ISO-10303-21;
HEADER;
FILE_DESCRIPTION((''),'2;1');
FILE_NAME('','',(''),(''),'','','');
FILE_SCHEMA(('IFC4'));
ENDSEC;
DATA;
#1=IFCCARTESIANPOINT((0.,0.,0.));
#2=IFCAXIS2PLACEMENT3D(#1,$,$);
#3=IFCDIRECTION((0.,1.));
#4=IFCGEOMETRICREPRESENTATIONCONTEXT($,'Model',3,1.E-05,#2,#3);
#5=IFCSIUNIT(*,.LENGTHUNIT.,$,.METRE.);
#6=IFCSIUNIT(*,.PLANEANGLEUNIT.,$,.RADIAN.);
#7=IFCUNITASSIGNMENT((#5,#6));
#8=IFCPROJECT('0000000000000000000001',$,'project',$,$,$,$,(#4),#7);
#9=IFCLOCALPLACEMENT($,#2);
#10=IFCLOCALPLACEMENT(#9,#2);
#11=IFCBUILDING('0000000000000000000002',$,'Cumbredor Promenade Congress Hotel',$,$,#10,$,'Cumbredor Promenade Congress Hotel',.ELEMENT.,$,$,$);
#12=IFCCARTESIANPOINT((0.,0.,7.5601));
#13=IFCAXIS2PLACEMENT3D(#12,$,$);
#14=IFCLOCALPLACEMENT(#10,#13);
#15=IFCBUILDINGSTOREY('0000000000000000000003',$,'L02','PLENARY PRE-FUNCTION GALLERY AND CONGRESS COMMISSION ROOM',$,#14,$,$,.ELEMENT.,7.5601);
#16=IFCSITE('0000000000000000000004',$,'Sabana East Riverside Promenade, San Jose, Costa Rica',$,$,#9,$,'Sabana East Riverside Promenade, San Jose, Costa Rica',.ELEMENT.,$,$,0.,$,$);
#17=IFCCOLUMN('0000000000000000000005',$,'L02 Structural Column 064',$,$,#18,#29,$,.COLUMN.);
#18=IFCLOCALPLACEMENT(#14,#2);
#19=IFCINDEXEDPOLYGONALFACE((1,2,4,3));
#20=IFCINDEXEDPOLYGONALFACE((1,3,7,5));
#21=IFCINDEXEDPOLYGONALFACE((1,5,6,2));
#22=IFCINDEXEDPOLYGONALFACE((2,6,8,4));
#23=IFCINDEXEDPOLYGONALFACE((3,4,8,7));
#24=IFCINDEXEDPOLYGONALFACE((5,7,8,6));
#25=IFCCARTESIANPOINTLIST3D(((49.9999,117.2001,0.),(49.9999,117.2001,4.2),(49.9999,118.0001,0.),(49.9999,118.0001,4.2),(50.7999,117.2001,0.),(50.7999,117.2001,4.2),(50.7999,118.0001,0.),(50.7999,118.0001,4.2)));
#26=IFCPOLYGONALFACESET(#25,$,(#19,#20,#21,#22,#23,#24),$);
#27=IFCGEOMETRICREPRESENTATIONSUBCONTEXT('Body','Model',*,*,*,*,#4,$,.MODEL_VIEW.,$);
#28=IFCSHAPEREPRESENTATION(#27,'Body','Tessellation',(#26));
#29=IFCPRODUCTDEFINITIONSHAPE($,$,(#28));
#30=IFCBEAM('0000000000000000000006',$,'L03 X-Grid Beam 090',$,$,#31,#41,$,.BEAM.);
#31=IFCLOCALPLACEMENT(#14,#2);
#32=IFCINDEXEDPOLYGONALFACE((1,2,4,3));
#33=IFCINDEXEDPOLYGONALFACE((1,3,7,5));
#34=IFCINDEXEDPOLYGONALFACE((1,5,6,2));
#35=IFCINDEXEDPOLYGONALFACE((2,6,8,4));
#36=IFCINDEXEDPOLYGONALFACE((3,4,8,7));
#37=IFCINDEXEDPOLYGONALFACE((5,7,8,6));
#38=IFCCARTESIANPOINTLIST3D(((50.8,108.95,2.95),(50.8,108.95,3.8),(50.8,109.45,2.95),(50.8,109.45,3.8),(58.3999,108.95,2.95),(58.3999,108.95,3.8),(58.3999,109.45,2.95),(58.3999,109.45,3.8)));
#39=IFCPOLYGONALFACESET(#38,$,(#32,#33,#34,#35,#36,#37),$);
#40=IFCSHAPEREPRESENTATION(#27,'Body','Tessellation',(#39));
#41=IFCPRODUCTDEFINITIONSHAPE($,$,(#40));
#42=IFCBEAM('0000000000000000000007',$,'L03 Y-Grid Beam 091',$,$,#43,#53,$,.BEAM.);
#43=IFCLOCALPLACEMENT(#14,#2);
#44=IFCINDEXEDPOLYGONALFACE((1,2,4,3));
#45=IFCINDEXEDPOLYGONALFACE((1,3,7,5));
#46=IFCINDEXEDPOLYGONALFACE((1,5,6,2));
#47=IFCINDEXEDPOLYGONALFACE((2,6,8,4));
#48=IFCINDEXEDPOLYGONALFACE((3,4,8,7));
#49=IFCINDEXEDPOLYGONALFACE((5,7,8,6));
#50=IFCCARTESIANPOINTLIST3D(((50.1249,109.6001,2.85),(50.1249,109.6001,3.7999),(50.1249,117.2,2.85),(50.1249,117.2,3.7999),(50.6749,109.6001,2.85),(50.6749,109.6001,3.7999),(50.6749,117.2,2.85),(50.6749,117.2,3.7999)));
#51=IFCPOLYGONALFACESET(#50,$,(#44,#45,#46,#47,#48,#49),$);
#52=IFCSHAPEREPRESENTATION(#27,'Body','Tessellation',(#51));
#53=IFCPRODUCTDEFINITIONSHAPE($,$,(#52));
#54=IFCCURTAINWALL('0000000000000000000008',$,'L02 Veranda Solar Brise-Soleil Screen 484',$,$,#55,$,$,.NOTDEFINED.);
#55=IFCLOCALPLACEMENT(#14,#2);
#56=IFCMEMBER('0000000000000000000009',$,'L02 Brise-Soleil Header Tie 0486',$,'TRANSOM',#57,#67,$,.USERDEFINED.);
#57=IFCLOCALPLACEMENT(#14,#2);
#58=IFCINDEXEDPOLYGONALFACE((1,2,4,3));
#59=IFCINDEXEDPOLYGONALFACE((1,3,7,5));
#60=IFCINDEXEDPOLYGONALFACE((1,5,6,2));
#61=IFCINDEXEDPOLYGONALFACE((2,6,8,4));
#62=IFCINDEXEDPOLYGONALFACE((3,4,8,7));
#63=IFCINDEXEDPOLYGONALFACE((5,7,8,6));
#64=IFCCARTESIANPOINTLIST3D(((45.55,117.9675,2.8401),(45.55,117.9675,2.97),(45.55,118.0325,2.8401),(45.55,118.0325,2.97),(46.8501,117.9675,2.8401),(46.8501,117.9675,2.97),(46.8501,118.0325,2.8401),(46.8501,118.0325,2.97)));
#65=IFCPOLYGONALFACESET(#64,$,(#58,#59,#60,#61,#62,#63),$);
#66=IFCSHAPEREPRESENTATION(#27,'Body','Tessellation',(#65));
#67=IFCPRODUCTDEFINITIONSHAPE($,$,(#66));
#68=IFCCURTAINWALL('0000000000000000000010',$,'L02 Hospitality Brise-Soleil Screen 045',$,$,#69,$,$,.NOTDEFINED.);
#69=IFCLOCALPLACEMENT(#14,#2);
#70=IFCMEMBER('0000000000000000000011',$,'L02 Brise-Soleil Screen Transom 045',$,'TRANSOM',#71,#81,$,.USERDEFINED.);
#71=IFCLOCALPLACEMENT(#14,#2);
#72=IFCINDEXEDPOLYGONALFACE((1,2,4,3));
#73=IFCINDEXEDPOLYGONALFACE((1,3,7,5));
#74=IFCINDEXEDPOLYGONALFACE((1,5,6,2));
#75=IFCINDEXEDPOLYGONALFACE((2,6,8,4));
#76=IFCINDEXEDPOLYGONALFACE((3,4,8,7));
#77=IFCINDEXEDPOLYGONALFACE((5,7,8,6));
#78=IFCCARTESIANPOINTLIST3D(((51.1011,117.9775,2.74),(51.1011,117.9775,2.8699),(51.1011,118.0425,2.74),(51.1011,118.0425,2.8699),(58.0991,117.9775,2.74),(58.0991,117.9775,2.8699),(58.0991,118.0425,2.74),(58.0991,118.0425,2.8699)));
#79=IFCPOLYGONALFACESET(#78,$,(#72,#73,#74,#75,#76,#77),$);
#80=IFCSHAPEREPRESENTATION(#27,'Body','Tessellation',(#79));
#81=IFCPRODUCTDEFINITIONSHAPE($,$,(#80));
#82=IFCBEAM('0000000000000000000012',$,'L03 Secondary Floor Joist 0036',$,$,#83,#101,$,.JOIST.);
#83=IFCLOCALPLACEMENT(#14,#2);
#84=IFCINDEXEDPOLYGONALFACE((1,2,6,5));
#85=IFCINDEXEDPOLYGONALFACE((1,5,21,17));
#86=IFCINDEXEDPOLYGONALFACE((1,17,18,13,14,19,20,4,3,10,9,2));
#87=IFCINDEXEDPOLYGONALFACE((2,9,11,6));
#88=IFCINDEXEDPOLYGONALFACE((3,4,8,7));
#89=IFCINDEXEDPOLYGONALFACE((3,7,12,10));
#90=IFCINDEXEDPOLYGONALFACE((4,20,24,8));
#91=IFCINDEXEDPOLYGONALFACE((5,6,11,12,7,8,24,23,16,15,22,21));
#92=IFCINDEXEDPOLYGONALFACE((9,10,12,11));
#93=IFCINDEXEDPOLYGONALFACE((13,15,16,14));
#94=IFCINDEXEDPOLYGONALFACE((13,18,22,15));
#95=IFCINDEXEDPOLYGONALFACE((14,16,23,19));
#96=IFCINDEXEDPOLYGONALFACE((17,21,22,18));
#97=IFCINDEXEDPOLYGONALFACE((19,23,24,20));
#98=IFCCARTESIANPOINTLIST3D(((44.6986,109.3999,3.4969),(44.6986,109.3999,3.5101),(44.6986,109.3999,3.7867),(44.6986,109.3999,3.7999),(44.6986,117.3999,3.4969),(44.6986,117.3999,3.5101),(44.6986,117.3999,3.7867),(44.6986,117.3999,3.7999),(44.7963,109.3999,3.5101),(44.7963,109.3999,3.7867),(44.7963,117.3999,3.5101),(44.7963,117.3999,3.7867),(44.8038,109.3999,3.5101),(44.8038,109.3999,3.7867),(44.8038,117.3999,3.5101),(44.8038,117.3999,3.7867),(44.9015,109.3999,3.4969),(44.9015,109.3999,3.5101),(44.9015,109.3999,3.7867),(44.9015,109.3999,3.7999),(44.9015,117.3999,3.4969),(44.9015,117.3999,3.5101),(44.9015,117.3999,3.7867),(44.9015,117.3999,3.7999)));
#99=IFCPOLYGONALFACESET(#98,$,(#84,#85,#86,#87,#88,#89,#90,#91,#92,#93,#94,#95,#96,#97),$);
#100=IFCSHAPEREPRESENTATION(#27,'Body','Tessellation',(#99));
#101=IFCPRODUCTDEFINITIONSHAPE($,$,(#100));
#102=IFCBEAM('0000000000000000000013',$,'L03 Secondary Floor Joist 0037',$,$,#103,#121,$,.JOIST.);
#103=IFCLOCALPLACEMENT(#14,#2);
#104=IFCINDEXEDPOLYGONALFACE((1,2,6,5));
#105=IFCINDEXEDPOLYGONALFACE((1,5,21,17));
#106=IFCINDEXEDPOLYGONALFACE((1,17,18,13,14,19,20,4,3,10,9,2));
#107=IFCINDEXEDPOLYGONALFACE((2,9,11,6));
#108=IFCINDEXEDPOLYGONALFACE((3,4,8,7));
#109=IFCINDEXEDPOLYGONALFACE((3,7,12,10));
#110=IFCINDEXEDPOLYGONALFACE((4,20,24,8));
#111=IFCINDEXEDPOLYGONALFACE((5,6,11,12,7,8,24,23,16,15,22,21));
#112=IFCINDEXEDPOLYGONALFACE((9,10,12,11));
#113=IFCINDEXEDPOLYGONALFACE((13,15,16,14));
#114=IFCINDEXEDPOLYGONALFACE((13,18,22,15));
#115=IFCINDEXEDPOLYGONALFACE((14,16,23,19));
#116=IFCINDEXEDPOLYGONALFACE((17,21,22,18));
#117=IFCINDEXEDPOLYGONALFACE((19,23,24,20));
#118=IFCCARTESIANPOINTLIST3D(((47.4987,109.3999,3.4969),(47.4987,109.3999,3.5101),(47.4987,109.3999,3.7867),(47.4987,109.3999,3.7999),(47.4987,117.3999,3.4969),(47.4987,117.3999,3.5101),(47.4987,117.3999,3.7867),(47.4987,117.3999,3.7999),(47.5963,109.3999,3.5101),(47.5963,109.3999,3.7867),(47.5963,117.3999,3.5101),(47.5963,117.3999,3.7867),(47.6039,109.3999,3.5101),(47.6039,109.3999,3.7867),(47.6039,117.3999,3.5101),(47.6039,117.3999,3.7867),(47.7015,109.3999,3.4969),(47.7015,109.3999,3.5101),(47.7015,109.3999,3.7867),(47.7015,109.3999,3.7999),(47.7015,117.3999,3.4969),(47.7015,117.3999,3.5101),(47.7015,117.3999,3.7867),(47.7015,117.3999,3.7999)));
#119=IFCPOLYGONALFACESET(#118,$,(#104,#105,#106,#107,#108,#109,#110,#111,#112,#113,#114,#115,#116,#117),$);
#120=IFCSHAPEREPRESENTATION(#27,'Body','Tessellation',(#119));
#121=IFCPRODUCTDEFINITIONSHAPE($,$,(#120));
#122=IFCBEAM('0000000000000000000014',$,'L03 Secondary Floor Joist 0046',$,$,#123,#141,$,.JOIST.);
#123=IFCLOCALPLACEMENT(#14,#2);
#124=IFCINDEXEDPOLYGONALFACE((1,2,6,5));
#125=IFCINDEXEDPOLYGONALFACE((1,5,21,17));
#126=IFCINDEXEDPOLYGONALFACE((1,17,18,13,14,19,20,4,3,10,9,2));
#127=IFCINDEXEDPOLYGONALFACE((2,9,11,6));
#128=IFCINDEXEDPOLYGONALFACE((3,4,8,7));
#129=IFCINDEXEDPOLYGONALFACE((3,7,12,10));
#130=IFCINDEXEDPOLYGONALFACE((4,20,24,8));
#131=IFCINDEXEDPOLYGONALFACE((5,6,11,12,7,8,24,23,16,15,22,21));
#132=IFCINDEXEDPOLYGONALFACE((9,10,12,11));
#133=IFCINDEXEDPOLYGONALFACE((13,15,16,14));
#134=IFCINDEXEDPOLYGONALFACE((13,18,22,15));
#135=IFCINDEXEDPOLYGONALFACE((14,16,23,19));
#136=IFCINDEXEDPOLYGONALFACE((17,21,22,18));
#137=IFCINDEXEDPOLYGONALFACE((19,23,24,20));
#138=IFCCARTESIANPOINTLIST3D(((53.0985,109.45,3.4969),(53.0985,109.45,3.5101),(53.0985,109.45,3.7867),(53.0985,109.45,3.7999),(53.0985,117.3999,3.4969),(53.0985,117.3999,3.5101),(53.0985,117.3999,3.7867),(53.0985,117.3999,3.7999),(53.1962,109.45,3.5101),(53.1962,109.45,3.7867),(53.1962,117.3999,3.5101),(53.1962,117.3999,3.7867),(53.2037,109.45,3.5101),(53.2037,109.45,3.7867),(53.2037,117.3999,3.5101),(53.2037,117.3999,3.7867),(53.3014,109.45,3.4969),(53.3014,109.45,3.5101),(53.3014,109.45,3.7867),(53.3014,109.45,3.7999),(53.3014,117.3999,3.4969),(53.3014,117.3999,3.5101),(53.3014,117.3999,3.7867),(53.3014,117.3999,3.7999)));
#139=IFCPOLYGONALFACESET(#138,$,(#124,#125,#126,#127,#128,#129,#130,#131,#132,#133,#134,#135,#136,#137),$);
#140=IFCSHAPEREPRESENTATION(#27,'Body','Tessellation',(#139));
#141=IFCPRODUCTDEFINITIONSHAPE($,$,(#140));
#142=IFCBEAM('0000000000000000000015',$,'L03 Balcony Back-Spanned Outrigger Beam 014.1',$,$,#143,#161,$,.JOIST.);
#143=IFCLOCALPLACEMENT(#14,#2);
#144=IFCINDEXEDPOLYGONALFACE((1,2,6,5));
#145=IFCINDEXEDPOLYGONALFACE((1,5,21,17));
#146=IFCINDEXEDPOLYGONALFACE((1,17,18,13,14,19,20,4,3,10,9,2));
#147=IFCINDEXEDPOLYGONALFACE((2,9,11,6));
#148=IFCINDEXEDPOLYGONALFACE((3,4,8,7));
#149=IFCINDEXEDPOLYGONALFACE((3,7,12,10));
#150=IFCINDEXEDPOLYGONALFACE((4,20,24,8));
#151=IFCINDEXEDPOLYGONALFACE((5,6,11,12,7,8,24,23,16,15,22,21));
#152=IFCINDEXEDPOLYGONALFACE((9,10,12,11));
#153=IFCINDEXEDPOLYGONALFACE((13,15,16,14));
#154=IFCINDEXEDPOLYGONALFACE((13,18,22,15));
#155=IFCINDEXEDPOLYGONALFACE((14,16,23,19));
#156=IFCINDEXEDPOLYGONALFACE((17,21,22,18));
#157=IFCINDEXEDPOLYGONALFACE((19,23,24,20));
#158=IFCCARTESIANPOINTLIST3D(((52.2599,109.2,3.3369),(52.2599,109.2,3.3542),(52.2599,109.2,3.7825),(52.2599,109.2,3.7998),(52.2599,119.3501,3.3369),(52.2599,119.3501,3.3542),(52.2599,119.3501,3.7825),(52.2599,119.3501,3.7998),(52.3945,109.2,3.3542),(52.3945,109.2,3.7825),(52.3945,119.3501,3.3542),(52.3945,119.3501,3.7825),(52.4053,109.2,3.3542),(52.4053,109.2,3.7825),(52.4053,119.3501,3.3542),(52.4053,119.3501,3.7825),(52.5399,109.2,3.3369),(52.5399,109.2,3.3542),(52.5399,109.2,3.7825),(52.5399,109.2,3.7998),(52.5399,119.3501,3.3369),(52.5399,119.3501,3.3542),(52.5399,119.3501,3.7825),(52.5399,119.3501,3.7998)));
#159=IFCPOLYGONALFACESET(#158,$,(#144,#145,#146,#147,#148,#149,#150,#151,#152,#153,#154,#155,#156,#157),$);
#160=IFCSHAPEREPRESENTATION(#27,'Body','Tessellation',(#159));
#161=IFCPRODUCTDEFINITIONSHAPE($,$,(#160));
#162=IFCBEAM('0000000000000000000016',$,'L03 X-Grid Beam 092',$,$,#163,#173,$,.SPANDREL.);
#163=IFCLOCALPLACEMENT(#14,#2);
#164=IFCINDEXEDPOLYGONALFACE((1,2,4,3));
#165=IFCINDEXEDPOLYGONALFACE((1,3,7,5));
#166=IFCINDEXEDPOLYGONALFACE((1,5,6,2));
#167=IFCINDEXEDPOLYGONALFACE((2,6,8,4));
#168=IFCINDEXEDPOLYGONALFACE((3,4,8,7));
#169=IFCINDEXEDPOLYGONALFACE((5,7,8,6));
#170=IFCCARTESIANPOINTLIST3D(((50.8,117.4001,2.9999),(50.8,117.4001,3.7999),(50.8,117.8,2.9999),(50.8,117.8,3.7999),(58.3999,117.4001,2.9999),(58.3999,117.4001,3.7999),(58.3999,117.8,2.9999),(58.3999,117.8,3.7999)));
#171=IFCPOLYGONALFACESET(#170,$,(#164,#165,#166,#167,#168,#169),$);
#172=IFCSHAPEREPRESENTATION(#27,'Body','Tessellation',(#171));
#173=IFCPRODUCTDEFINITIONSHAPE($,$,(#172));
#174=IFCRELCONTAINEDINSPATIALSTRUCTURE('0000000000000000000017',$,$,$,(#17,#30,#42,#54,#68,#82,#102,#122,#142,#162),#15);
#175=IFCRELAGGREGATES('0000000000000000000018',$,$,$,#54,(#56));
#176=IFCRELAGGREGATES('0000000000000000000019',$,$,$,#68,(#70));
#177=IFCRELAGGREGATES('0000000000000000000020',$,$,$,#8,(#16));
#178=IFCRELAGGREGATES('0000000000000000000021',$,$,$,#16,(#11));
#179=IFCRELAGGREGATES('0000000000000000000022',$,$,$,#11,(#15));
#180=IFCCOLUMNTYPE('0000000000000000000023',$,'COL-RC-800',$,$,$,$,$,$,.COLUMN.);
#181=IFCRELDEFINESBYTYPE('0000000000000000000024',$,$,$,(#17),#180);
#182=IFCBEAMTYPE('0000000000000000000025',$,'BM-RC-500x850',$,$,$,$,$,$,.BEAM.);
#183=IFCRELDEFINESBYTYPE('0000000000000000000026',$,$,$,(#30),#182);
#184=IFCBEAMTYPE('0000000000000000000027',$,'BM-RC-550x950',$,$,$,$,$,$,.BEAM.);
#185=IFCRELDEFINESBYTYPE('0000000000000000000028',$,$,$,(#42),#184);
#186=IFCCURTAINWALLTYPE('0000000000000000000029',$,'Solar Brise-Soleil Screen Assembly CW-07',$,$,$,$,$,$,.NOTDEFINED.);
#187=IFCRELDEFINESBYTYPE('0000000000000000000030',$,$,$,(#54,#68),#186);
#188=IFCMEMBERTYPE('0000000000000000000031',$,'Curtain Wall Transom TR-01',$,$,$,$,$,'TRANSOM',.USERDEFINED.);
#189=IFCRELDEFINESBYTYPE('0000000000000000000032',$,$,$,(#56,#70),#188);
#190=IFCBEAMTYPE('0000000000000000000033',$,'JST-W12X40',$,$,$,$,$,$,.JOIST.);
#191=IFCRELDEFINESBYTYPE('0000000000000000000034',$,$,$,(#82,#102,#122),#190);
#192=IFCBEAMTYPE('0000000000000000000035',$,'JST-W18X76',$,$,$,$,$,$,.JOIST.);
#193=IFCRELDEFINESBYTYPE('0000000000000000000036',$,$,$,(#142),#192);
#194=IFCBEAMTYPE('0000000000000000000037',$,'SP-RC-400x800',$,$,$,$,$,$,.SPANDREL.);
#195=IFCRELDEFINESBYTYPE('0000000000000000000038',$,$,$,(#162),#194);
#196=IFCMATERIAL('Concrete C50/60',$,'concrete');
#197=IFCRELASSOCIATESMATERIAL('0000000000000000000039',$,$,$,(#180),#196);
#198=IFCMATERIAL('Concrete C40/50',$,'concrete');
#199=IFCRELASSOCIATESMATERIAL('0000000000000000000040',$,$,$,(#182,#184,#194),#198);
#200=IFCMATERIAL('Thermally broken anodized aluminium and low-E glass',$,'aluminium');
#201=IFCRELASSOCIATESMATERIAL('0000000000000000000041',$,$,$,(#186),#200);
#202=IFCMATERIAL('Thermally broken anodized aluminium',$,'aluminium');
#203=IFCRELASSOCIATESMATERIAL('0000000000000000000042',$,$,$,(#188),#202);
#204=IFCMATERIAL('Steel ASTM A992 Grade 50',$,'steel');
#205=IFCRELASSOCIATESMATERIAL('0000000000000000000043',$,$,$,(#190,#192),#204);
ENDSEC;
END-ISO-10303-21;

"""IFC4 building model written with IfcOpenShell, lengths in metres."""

from ifc_helpers import new_model, si_unit, direction, frame, origin, origin_2d, place, context, subcontext, project, spatial, rectangle, i_section, extrude, material, material_profile, profile_set, type_object, element, aggregate, save


model = new_model("IFC4")

# Units and contexts
model_context = context("Model", 3, precision=1e-05, world=origin(), true_north=direction((0.0, 1.0)))
body_context = subcontext(model_context, "Body", "Model", "MODEL_VIEW")
ifc_project = project(units=[si_unit("LENGTHUNIT", "METRE"), si_unit("PLANEANGLEUNIT", "RADIAN")], contexts=[model_context])

# Site, building, storey
site_placement = place(None, origin())
site = spatial("IfcSite", under=ifc_project, at=site_placement, Name="Sabana East Riverside Promenade, San Jose, Costa Rica", LongName="Sabana East Riverside Promenade, San Jose, Costa Rica", CompositionType="ELEMENT", RefElevation=0.0)
building_placement = place(site_placement, origin())
building = spatial("IfcBuilding", under=site, at=building_placement, Name="Cumbredor Promenade Congress Hotel", LongName="Cumbredor Promenade Congress Hotel", CompositionType="ELEMENT")
storey_placement = place(building_placement, frame((0.0, 0.0, 7.5601)))
storey = spatial("IfcBuildingStorey", under=building, at=storey_placement, Name="L02", Description="PLENARY PRE-FUNCTION GALLERY AND CONGRESS COMMISSION ROOM", CompositionType="ELEMENT", Elevation=7.5601)

# Column
ifc_material_1 = material(Name="Concrete C50/60", Category="concrete")
ifc_material_profile_1 = material_profile(ifc_material_1, rectangle(XDim=0.8, YDim=0.8, at=origin_2d()), Name="RC 800x800")
ifc_profile_set_1 = profile_set([ifc_material_profile_1], Name="Concrete C50/60")
column_type = type_object("IfcColumnType", Name="COL-RC-800", PredefinedType="COLUMN", material=ifc_profile_set_1)
column_placement = place(storey_placement, frame((50.3999, 117.6001, 0.0), z_axis=(0.0, 0.0, 1.0), x_axis=(1.0, 0.0, 0.0)))
element("IfcColumn", 1, at=column_placement, inside=storey, type_object=column_type, Name="L02 Structural Column 064", PredefinedType="COLUMN", context=body_context, shape_type="SweptSolid", body=[
    extrude(rectangle(XDim=0.8, YDim=0.8, at=origin_2d()), origin(), (0.0, 0.0, 1.0), 4.2),
])

# Beams
ifc_material_2 = material(Name="Concrete C40/50", Category="concrete")
ifc_material_profile_2 = material_profile(ifc_material_2, rectangle(XDim=0.5, YDim=0.8501, at=origin_2d()), Name="RC BEAM 500x850")
ifc_profile_set_2 = profile_set([ifc_material_profile_2], Name="Concrete C40/50")
beam_type_1 = type_object("IfcBeamType", Name="BM-RC-500x850", PredefinedType="BEAM", material=ifc_profile_set_2)
beam_1_placement = place(storey_placement, frame((50.8, 109.2, 3.375), z_axis=(1.0, 0.0, 0.0), x_axis=(0.0, 1.0, 0.0)))
element("IfcBeam", 2, at=beam_1_placement, inside=storey, type_object=beam_type_1, Name="L03 X-Grid Beam 090", PredefinedType="BEAM", context=body_context, shape_type="SweptSolid", body=[
    extrude(rectangle(XDim=0.5, YDim=0.8501, at=origin_2d()), origin(), (0.0, 0.0, 1.0), 7.5999),
])
ifc_material_profile_3 = material_profile(ifc_material_2, rectangle(XDim=0.55, YDim=0.95, at=origin_2d()), Name="RC BEAM 550x950")
ifc_profile_set_3 = profile_set([ifc_material_profile_3], Name="Concrete C40/50")
beam_type_2 = type_object("IfcBeamType", Name="BM-RC-550x950", PredefinedType="BEAM", material=ifc_profile_set_3)
beam_2_placement = place(storey_placement, frame((50.3999, 109.6001, 3.325), z_axis=(0.0, 1.0, 0.0), x_axis=(-1.0, 0.0, 0.0)))
element("IfcBeam", 3, at=beam_2_placement, inside=storey, type_object=beam_type_2, Name="L03 Y-Grid Beam 091", PredefinedType="BEAM", context=body_context, shape_type="SweptSolid", body=[
    extrude(rectangle(XDim=0.55, YDim=0.95, at=origin_2d()), origin(), (0.0, 0.0, 1.0), 7.5999),
])

# Curtain walls, members
ifc_material_3 = material(Name="Thermally broken anodized aluminium and low-E glass", Category="aluminium")
curtain_wall_type = type_object("IfcCurtainWallType", Name="Solar Brise-Soleil Screen Assembly CW-07", PredefinedType="NOTDEFINED", material=ifc_material_3)
curtain_wall_1_placement = place(storey_placement, origin())
curtain_wall_1 = element("IfcCurtainWall", 4, at=curtain_wall_1_placement, inside=storey, type_object=curtain_wall_type, Name="L02 Veranda Solar Brise-Soleil Screen 484", PredefinedType="NOTDEFINED")
ifc_material_4 = material(Name="Thermally broken anodized aluminium", Category="aluminium")
ifc_material_profile_4 = material_profile(ifc_material_4, rectangle(XDim=0.0649, YDim=0.1299, at=origin_2d()), Name="ALU TRANSOM 65x130")
ifc_profile_set_4 = profile_set([ifc_material_profile_4], Name="Thermally broken anodized aluminium")
member_type_1 = type_object("IfcMemberType", Name="Curtain Wall Transom TR-01", ElementType="TRANSOM", PredefinedType="USERDEFINED", material=ifc_profile_set_4)
member_1_placement = place(storey_placement, frame((45.55, 118.0, 2.905), z_axis=(1.0, 0.0, 0.0), x_axis=(0.0, 1.0, 0.0)))
member_1 = element("IfcMember", 5, at=member_1_placement, type_object=member_type_1, Name="L02 Brise-Soleil Header Tie 0486", ObjectType="TRANSOM", PredefinedType="USERDEFINED", context=body_context, shape_type="SweptSolid", body=[
    extrude(rectangle(XDim=0.0649, YDim=0.1299, at=origin_2d()), origin(), (0.0, 0.0, 1.0), 1.3),
])
curtain_wall_2_placement = place(storey_placement, origin())
curtain_wall_2 = element("IfcCurtainWall", 6, at=curtain_wall_2_placement, inside=storey, type_object=curtain_wall_type, Name="L02 Hospitality Brise-Soleil Screen 045", PredefinedType="NOTDEFINED")
member_2_placement = place(storey_placement, frame((51.1011, 118.01, 2.8049), z_axis=(1.0, 0.0, 0.0), x_axis=(0.0, 1.0, 0.0)))
member_2 = element("IfcMember", 7, at=member_2_placement, type_object=member_type_1, Name="L02 Brise-Soleil Screen Transom 045", ObjectType="TRANSOM", PredefinedType="USERDEFINED", context=body_context, shape_type="SweptSolid", body=[
    extrude(rectangle(XDim=0.0649, YDim=0.1299, at=origin_2d()), origin(), (0.0, 0.0, 1.0), 6.998),
])

# Beams
ifc_material_5 = material(Name="Steel ASTM A992 Grade 50", Category="steel")
ifc_material_profile_5 = material_profile(ifc_material_5, i_section(OverallWidth=0.2029, OverallDepth=0.303, WebThickness=0.0076, FlangeThickness=0.0132, at=origin_2d()), Name="W12X40")
ifc_profile_set_5 = profile_set([ifc_material_profile_5], Name="Steel ASTM A992 Grade 50")
beam_type_3 = type_object("IfcBeamType", Name="JST-W12X40", PredefinedType="JOIST", material=ifc_profile_set_5)
for number, where, z_axis, x_axis, name in (
    (8, (44.8, 109.3999, 3.6484), (0.0, 1.0, 0.0), (-1.0, 0.0, 0.0), "L03 Secondary Floor Joist 0036"),
    (9, (47.6001, 109.3999, 3.6484), (0.0, 1.0, 0.0), (-1.0, 0.0, 0.0), "L03 Secondary Floor Joist 0037"),
):
    element("IfcBeam", number, at=place(storey_placement, frame(where, z_axis=z_axis, x_axis=x_axis)), inside=storey, type_object=beam_type_3, Name=name, PredefinedType="JOIST", context=body_context, shape_type="SweptSolid", body=[
        extrude(i_section(OverallWidth=0.2029, OverallDepth=0.303, WebThickness=0.0076, FlangeThickness=0.0132, at=origin_2d()), origin(), (0.0, 0.0, 1.0), 8.0),
    ])
beam_3_placement = place(storey_placement, frame((53.2, 109.45, 3.6484), z_axis=(0.0, 1.0, 0.0), x_axis=(-1.0, 0.0, 0.0)))
element("IfcBeam", 10, at=beam_3_placement, inside=storey, type_object=beam_type_3, Name="L03 Secondary Floor Joist 0046", PredefinedType="JOIST", context=body_context, shape_type="SweptSolid", body=[
    extrude(i_section(OverallWidth=0.2029, OverallDepth=0.303, WebThickness=0.0076, FlangeThickness=0.0132, at=origin_2d()), origin(), (0.0, 0.0, 1.0), 7.95),
])
ifc_material_profile_6 = material_profile(ifc_material_5, i_section(OverallWidth=0.28, OverallDepth=0.4629, WebThickness=0.0107, FlangeThickness=0.0173, at=origin_2d()), Name="W18X76")
ifc_profile_set_6 = profile_set([ifc_material_profile_6], Name="Steel ASTM A992 Grade 50")
beam_type_4 = type_object("IfcBeamType", Name="JST-W18X76", PredefinedType="JOIST", material=ifc_profile_set_6)
beam_4_placement = place(storey_placement, frame((52.3999, 109.2, 3.5684), z_axis=(0.0, 1.0, 0.0), x_axis=(-1.0, 0.0, 0.0)))
element("IfcBeam", 11, at=beam_4_placement, inside=storey, type_object=beam_type_4, Name="L03 Balcony Back-Spanned Outrigger Beam 014.1", PredefinedType="JOIST", context=body_context, shape_type="SweptSolid", body=[
    extrude(i_section(OverallWidth=0.28, OverallDepth=0.4629, WebThickness=0.0107, FlangeThickness=0.0173, at=origin_2d()), origin(), (0.0, 0.0, 1.0), 10.1501),
])
ifc_material_profile_7 = material_profile(ifc_material_2, rectangle(XDim=0.3999, YDim=0.8, at=origin_2d()), Name="RC SPANDREL 400x800")
ifc_profile_set_7 = profile_set([ifc_material_profile_7], Name="Concrete C40/50")
beam_type_5 = type_object("IfcBeamType", Name="SP-RC-400x800", PredefinedType="SPANDREL", material=ifc_profile_set_7)
beam_5_placement = place(storey_placement, frame((50.8, 117.6001, 3.3999), z_axis=(1.0, 0.0, 0.0), x_axis=(0.0, 1.0, 0.0)))
element("IfcBeam", 12, at=beam_5_placement, inside=storey, type_object=beam_type_5, Name="L03 X-Grid Beam 092", PredefinedType="SPANDREL", context=body_context, shape_type="SweptSolid", body=[
    extrude(rectangle(XDim=0.3999, YDim=0.8, at=origin_2d()), origin(), (0.0, 0.0, 1.0), 7.5999),
])

aggregate(curtain_wall_1, [member_1])
aggregate(curtain_wall_2, [member_2])

save(model, "model.ifc")
